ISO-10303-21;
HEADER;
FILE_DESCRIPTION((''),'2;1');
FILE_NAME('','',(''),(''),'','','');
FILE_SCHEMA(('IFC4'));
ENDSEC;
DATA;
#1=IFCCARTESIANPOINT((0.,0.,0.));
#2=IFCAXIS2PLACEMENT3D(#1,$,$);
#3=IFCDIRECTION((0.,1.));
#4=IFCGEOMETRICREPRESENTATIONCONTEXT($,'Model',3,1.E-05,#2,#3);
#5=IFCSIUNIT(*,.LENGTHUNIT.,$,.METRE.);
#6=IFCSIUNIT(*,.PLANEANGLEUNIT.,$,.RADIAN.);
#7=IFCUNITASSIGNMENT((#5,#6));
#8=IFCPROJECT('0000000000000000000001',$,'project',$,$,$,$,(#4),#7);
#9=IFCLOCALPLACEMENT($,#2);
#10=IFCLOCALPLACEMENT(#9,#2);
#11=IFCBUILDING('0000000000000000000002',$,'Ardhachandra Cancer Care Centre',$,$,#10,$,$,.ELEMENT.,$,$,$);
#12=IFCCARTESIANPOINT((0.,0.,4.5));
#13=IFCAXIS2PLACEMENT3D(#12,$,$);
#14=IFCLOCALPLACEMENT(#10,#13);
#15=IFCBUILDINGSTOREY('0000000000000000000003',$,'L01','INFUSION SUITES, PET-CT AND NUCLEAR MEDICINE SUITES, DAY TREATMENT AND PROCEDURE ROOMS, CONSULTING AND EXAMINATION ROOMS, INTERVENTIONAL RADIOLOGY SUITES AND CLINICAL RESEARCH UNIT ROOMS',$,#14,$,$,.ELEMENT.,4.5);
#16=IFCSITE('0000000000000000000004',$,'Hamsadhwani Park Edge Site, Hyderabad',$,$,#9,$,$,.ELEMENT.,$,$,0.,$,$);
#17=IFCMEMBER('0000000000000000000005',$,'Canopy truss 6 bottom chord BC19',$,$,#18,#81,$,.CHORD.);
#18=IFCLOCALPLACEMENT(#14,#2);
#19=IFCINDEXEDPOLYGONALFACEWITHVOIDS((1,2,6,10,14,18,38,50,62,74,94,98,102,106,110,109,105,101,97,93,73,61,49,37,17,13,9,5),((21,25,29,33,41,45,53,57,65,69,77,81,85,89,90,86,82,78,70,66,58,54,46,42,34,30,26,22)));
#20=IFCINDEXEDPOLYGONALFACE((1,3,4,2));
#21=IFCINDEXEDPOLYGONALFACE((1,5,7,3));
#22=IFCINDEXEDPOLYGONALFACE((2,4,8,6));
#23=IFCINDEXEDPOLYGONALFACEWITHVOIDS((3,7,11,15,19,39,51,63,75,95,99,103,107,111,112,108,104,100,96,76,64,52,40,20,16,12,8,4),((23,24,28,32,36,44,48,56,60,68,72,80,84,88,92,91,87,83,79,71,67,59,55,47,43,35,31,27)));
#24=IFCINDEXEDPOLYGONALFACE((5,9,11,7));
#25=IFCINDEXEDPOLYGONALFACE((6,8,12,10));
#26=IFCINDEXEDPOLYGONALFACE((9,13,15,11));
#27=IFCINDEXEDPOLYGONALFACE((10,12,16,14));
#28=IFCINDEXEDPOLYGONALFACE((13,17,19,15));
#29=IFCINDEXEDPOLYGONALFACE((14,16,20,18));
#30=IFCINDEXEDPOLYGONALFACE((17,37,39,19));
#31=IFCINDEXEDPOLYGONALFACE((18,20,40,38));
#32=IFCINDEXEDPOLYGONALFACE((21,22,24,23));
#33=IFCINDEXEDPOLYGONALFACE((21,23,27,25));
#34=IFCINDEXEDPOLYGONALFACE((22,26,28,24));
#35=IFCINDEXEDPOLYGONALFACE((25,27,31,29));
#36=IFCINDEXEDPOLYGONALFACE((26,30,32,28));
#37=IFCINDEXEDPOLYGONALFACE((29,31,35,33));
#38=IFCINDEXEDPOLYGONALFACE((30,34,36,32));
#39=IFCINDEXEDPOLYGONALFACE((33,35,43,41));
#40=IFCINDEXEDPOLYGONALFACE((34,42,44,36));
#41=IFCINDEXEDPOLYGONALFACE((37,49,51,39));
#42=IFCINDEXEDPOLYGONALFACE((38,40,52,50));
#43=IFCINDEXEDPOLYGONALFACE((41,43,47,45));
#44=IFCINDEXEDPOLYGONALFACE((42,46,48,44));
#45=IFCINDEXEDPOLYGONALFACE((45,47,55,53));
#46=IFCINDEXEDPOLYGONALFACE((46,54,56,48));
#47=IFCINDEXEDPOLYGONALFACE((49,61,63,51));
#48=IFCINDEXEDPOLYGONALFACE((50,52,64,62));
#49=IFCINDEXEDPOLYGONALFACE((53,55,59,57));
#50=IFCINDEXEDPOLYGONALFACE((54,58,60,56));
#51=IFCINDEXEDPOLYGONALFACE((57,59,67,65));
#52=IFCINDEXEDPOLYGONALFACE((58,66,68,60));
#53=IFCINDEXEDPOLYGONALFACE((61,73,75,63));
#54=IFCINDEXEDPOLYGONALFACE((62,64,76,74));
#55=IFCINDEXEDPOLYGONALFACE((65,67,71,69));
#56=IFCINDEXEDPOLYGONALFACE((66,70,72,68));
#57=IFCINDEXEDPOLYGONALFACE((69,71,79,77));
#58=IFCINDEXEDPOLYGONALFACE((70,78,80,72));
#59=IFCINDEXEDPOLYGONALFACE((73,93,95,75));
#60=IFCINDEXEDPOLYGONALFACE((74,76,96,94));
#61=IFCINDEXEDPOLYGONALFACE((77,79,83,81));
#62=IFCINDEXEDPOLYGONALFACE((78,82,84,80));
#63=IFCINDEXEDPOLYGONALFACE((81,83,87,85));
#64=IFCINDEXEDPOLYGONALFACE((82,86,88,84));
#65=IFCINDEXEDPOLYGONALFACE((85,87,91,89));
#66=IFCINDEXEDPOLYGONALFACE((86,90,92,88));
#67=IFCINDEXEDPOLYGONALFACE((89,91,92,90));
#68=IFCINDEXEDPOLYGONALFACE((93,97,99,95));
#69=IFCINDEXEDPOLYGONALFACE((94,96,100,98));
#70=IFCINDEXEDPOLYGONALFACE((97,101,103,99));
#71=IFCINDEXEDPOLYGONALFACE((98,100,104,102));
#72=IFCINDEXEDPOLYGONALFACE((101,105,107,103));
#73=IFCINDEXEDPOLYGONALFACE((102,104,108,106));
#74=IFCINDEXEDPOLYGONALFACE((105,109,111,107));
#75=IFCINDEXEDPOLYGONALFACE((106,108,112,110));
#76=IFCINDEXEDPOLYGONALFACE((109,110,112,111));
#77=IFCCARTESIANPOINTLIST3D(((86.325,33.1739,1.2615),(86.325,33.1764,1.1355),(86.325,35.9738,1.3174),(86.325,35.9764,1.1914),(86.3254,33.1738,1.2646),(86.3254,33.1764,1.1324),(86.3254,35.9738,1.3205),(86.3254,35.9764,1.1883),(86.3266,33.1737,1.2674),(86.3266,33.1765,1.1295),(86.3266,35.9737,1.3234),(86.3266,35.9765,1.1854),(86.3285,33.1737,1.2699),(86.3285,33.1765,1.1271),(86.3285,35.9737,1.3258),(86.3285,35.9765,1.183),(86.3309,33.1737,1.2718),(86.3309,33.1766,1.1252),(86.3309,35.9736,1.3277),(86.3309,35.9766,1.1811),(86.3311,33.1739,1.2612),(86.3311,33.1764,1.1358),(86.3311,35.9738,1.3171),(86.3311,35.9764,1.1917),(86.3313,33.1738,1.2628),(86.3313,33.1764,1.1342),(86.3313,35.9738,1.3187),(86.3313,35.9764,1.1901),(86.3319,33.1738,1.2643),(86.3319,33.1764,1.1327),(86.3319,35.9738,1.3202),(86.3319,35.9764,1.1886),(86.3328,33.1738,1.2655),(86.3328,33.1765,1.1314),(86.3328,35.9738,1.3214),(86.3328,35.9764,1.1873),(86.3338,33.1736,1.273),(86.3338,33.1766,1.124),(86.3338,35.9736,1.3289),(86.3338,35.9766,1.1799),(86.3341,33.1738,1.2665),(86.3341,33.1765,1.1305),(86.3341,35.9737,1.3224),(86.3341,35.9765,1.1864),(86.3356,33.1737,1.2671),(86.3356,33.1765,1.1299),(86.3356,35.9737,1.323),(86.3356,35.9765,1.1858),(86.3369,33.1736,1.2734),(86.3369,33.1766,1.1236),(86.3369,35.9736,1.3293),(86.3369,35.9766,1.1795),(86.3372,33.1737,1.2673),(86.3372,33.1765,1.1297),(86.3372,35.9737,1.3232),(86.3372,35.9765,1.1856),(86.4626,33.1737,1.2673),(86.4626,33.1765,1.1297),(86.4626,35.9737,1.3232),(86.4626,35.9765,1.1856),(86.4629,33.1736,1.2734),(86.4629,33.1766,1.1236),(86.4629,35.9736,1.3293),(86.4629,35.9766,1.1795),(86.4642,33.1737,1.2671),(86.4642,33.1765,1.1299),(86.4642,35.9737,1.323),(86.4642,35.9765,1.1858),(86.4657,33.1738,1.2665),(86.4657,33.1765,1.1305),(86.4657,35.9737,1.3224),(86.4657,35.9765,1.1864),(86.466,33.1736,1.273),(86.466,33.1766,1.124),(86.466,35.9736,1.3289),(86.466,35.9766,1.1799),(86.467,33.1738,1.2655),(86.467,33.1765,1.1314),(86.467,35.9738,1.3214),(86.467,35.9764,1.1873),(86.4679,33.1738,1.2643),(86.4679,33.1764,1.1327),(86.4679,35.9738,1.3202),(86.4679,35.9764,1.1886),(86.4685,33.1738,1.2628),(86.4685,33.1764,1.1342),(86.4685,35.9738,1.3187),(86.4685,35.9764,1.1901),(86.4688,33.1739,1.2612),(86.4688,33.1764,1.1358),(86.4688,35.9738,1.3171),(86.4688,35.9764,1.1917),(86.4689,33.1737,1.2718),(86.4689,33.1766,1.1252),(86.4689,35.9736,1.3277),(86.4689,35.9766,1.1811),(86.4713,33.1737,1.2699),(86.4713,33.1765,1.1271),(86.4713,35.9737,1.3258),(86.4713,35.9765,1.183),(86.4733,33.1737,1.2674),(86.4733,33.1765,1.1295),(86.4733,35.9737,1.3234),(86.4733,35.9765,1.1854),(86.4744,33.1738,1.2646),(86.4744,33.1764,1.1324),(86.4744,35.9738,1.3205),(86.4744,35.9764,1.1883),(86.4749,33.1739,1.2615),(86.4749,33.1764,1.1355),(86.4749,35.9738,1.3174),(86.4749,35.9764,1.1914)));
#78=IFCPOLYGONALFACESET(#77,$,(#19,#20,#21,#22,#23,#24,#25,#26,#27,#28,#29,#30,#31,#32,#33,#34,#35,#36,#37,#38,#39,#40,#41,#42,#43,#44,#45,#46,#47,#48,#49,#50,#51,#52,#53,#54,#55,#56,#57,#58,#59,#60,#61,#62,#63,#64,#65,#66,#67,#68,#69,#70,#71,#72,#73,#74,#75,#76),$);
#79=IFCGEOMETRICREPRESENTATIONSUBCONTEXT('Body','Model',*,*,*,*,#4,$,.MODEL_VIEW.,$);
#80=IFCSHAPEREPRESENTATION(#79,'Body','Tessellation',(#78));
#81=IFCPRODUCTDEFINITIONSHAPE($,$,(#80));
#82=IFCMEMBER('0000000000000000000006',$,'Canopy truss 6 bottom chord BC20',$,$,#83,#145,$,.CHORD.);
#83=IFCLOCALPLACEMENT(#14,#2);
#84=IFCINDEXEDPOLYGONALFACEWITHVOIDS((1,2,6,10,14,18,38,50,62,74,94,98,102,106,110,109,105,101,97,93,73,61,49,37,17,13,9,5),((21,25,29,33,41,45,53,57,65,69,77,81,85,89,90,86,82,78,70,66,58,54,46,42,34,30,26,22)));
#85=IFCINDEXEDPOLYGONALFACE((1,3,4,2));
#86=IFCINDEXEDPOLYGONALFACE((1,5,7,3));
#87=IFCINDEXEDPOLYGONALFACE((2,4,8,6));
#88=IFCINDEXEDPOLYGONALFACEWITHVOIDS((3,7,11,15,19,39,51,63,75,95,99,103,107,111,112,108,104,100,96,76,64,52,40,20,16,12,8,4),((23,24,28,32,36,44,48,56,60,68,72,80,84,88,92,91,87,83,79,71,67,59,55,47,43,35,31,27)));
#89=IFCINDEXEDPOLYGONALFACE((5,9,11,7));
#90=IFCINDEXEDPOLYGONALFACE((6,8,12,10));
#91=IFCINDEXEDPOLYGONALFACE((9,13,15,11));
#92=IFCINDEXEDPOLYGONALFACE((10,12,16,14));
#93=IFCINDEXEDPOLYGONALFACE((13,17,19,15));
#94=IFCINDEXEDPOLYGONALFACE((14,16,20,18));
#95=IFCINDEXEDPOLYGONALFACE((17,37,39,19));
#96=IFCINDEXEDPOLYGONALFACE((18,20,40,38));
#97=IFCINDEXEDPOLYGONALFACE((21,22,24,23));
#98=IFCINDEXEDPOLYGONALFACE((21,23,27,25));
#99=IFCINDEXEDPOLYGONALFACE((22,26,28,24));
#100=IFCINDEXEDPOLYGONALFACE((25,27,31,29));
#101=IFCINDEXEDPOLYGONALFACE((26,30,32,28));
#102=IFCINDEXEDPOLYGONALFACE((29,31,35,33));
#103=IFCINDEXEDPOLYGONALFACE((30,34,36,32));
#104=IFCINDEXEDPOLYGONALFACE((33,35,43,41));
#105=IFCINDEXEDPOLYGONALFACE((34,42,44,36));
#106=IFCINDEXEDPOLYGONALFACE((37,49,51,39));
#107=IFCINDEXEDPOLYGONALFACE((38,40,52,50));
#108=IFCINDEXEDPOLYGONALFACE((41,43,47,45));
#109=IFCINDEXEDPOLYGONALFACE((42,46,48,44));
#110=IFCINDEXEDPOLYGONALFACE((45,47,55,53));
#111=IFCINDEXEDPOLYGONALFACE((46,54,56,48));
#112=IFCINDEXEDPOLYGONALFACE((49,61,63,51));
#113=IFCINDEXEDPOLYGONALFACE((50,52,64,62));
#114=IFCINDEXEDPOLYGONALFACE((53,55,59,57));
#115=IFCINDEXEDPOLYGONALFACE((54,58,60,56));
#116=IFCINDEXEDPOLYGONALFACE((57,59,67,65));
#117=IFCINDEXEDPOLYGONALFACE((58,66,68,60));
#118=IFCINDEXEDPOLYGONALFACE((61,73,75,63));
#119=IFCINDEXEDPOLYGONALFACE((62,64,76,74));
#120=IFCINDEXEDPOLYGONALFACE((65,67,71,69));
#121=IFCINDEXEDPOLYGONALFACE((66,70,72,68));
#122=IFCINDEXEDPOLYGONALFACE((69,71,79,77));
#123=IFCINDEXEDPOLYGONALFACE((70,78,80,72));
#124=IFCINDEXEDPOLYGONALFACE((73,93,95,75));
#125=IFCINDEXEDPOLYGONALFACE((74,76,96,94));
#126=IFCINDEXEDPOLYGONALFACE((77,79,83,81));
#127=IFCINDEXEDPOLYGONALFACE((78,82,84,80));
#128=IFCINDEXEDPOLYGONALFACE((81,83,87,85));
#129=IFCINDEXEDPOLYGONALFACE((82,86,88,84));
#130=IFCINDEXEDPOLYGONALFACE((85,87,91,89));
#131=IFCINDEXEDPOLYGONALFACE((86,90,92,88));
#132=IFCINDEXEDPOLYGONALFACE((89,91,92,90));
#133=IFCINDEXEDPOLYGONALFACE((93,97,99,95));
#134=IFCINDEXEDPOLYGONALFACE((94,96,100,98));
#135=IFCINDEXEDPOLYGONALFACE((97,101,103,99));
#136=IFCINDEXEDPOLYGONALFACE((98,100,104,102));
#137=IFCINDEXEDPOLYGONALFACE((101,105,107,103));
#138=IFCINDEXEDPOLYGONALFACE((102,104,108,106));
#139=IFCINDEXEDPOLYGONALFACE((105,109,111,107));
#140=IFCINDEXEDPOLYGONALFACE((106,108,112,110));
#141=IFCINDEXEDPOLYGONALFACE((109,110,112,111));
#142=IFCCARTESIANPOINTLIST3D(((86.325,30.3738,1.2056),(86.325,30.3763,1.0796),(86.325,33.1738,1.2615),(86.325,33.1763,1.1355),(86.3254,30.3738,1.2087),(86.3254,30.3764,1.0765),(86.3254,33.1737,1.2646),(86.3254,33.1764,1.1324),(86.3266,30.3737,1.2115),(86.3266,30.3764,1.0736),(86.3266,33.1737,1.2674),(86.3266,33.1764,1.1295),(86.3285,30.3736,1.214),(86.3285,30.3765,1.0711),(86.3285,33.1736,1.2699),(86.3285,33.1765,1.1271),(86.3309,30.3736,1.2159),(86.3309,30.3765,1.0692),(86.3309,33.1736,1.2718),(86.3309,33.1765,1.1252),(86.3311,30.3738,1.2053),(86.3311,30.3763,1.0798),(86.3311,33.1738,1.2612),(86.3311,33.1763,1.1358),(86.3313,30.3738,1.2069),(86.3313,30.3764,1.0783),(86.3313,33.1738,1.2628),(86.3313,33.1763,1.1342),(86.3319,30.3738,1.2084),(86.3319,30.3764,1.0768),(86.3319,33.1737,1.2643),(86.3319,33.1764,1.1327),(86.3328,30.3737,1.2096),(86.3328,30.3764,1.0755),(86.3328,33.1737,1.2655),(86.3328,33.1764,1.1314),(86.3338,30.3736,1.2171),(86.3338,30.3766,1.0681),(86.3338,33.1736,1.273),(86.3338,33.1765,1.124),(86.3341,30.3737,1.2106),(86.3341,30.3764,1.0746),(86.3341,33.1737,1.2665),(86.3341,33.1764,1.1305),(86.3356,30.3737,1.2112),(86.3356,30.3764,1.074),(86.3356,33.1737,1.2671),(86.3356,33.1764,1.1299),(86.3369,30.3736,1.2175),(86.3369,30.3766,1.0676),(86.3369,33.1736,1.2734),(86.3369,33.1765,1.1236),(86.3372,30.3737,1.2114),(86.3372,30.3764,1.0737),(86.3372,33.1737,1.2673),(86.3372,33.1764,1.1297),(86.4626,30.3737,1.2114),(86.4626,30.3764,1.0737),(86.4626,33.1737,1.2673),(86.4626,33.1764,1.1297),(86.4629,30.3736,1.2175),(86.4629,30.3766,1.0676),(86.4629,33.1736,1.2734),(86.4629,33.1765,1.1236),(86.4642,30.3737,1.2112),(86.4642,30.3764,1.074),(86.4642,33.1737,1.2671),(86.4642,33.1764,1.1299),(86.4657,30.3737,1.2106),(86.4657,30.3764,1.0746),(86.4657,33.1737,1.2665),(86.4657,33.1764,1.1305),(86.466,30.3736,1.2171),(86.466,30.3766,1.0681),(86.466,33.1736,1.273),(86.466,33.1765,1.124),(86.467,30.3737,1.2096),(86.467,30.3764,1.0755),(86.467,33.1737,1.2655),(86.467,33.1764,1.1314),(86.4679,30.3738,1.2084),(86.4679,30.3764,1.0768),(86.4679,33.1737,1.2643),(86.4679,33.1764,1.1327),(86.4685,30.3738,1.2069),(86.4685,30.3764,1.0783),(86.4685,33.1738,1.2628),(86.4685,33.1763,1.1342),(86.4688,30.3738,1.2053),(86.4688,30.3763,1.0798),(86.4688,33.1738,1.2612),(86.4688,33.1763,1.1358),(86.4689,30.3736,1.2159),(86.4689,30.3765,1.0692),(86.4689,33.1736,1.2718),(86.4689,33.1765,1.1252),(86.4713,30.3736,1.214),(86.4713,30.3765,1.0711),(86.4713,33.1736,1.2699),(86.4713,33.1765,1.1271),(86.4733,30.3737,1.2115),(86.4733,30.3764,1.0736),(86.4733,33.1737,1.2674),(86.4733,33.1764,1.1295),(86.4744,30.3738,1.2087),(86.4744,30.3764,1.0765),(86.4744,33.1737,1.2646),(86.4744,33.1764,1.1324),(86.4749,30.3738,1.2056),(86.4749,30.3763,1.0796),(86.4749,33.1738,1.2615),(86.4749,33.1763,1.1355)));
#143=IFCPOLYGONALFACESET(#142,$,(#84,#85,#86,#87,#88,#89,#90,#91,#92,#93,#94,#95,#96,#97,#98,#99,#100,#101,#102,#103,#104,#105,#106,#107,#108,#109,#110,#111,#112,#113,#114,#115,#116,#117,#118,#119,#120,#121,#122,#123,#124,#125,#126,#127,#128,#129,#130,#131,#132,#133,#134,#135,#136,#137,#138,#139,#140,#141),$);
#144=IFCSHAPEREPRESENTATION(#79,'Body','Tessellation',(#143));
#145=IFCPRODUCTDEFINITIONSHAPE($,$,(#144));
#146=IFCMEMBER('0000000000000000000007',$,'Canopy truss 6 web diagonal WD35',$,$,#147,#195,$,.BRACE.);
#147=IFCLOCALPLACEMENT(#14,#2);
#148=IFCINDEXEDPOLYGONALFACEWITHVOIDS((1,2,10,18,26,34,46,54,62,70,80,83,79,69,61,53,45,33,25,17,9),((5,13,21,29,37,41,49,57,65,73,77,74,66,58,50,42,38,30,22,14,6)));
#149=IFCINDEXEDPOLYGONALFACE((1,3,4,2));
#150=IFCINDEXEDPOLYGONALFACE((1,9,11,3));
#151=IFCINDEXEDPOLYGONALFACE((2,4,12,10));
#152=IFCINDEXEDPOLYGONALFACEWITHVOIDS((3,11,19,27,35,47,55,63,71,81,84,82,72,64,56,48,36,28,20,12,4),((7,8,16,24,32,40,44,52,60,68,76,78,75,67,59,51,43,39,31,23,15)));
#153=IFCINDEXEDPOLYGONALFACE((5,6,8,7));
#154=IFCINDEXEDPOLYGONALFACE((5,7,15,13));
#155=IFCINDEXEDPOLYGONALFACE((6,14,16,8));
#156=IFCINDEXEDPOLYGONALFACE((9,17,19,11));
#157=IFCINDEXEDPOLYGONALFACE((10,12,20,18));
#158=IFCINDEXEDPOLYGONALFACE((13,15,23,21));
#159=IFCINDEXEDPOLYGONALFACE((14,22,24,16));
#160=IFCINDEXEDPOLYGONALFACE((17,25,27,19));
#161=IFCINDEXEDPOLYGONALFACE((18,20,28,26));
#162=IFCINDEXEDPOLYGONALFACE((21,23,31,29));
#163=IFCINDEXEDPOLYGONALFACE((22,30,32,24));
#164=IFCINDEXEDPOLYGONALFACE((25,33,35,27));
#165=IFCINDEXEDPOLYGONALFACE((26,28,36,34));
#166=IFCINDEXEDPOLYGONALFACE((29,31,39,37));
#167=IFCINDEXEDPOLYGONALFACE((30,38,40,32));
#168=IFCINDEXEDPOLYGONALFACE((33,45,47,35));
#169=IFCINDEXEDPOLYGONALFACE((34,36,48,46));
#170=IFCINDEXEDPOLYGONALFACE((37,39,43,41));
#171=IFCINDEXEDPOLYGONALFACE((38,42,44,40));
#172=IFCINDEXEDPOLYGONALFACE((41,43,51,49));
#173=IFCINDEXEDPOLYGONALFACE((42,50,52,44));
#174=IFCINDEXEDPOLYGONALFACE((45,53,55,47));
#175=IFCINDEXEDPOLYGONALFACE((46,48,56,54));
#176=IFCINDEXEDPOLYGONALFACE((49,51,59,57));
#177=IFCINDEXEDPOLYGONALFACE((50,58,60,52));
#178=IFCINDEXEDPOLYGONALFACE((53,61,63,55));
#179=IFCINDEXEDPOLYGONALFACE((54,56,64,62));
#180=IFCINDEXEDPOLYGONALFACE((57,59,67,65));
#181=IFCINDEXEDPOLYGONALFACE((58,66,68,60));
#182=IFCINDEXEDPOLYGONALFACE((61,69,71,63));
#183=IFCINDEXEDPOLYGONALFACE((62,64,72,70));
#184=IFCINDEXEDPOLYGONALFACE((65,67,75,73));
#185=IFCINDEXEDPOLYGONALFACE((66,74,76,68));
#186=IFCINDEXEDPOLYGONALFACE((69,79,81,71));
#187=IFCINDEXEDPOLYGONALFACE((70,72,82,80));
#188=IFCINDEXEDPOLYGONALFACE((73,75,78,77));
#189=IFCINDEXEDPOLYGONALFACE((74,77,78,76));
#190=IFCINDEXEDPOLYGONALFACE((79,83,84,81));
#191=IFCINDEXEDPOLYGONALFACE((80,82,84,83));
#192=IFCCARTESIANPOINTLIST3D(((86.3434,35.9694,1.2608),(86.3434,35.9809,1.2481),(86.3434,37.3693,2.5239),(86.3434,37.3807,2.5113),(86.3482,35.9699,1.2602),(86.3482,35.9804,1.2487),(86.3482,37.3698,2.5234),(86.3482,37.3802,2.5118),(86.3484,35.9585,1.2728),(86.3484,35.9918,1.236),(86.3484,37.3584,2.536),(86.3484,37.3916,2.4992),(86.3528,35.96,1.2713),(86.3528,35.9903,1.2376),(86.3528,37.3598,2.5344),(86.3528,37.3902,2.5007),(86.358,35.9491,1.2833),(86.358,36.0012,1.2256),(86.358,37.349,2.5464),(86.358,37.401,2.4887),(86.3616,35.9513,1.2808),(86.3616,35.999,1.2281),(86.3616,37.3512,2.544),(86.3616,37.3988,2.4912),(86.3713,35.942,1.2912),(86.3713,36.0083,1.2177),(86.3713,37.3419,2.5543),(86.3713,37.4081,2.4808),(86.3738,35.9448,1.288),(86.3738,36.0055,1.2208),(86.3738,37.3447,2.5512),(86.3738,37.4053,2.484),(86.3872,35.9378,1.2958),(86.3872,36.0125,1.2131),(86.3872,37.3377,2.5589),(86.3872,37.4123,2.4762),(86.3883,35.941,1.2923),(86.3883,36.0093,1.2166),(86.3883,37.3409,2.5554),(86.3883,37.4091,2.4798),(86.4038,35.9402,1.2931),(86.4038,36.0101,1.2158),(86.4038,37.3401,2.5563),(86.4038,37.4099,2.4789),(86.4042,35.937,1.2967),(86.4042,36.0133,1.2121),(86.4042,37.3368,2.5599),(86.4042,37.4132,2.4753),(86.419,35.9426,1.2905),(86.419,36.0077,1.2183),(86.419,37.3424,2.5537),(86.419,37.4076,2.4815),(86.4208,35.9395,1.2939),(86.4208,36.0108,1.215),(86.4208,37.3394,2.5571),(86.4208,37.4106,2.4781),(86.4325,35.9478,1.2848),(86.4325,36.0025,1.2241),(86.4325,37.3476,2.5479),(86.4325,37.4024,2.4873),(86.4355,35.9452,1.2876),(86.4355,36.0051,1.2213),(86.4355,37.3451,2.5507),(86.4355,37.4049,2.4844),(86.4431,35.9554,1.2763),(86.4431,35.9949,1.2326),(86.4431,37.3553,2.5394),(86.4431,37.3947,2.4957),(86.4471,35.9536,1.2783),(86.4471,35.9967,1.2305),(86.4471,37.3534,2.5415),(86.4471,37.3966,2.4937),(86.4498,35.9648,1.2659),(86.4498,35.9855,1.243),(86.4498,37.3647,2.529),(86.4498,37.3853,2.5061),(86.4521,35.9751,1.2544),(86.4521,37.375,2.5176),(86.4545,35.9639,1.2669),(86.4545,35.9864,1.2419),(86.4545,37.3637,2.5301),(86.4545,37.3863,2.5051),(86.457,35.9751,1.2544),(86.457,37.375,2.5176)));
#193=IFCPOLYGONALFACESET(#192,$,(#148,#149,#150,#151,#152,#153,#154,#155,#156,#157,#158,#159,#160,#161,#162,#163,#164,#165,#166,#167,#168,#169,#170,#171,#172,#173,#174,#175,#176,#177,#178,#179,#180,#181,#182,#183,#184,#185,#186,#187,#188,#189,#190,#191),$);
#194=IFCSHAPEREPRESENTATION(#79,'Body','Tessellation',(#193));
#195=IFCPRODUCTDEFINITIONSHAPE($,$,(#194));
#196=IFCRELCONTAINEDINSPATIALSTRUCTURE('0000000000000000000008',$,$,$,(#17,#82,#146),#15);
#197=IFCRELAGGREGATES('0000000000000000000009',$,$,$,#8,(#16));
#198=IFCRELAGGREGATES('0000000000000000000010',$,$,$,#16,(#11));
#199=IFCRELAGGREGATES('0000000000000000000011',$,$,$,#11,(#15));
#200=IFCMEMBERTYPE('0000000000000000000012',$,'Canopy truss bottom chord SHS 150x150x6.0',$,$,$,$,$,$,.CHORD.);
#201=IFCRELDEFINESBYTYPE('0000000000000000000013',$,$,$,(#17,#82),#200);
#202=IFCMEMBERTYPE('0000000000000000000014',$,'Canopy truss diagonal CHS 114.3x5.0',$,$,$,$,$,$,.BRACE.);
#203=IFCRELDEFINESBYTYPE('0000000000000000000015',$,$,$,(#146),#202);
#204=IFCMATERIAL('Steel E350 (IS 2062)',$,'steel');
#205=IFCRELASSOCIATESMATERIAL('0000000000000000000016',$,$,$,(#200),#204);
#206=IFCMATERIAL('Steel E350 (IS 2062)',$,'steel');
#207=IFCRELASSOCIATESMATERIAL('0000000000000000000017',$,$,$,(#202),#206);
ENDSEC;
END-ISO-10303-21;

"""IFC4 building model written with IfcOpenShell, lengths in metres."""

from ifc_helpers import new_model, si_unit, direction, frame, origin, origin_2d, place, context, subcontext, project, spatial, hollow_rectangle, hollow_circle, extrude, material, material_profile, profile_set, type_object, element, save


model = new_model("IFC4")

# Units and contexts
model_context = context("Model", 3, precision=1e-05, world=origin(), true_north=direction((0.0, 1.0)))
body_context = subcontext(model_context, "Body", "Model", "MODEL_VIEW")
ifc_project = project(units=[si_unit("LENGTHUNIT", "METRE"), si_unit("PLANEANGLEUNIT", "RADIAN")], contexts=[model_context])

# Site, building, storey
site_placement = place(None, origin())
site = spatial("IfcSite", under=ifc_project, at=site_placement, Name="Hamsadhwani Park Edge Site, Hyderabad", CompositionType="ELEMENT", RefElevation=0.0)
building_placement = place(site_placement, origin())
building = spatial("IfcBuilding", under=site, at=building_placement, Name="Ardhachandra Cancer Care Centre", CompositionType="ELEMENT")
storey_placement = place(building_placement, frame((0.0, 0.0, 4.5)))
storey = spatial("IfcBuildingStorey", under=building, at=storey_placement, Name="L01", Description="INFUSION SUITES, PET-CT AND NUCLEAR MEDICINE SUITES, DAY TREATMENT AND PROCEDURE ROOMS, CONSULTING AND EXAMINATION ROOMS, INTERVENTIONAL RADIOLOGY SUITES AND CLINICAL RESEARCH UNIT ROOMS", CompositionType="ELEMENT", Elevation=4.5)

# Members
ifc_material_1 = material(Name="Steel E350 (IS 2062)", Category="steel")
ifc_material_profile_1 = material_profile(ifc_material_1, hollow_rectangle(XDim=0.1499, YDim=0.1499, WallThickness=0.0061, InnerFilletRadius=0.0061, OuterFilletRadius=0.012, at=origin_2d()), Name="SHS 150x150x6.0")
ifc_profile_set_1 = profile_set([ifc_material_profile_1], Name="Steel E350 (IS 2062)")
member_type_1 = type_object("IfcMemberType", Name="Canopy truss bottom chord SHS 150x150x6.0", PredefinedType="CHORD", material=ifc_profile_set_1)
for number, where, z_axis, x_axis, name in (
    (1, (86.3999, 35.9751, 1.2544), (0.0, -0.999801, -0.019963), (1.0, 0.0, 0.0), "Canopy truss 6 bottom chord BC19"),
    (2, (86.3999, 33.175, 1.1985), (0.0, -0.999801, -0.019963), (1.0, 0.0, 0.0), "Canopy truss 6 bottom chord BC20"),
):
    element("IfcMember", number, at=place(storey_placement, frame(where, z_axis=z_axis, x_axis=x_axis)), inside=storey, type_object=member_type_1, Name=name, PredefinedType="CHORD", context=body_context, shape_type="SweptSolid", body=[
        extrude(hollow_rectangle(XDim=0.1499, YDim=0.1499, WallThickness=0.0061, InnerFilletRadius=0.0061, OuterFilletRadius=0.012, at=origin_2d()), origin(), (0.0, 0.0, 1.0), 2.8005),
    ])
ifc_material_2 = material(Name="Steel E350 (IS 2062)", Category="steel")
ifc_material_profile_2 = material_profile(ifc_material_2, hollow_circle(Radius=0.0571, WallThickness=0.0049, at=origin_2d()), Name="CHS 114.3x5.0")
ifc_profile_set_2 = profile_set([ifc_material_profile_2], Name="Steel E350 (IS 2062)")
member_type_2 = type_object("IfcMemberType", Name="Canopy truss diagonal CHS 114.3x5.0", PredefinedType="BRACE", material=ifc_profile_set_2)
member_1_placement = place(storey_placement, frame((86.3999, 37.375, 2.5176), z_axis=(0.0, -0.742431, -0.669923), x_axis=(1.0, 0.0, 0.0)))
element("IfcMember", 3, at=member_1_placement, inside=storey, type_object=member_type_2, Name="Canopy truss 6 web diagonal WD35", PredefinedType="BRACE", context=body_context, shape_type="SweptSolid", body=[
    extrude(hollow_circle(Radius=0.0571, WallThickness=0.0049, at=origin_2d()), origin(), (0.0, 0.0, 1.0), 1.8855),
])

save(model, "model.ifc")
